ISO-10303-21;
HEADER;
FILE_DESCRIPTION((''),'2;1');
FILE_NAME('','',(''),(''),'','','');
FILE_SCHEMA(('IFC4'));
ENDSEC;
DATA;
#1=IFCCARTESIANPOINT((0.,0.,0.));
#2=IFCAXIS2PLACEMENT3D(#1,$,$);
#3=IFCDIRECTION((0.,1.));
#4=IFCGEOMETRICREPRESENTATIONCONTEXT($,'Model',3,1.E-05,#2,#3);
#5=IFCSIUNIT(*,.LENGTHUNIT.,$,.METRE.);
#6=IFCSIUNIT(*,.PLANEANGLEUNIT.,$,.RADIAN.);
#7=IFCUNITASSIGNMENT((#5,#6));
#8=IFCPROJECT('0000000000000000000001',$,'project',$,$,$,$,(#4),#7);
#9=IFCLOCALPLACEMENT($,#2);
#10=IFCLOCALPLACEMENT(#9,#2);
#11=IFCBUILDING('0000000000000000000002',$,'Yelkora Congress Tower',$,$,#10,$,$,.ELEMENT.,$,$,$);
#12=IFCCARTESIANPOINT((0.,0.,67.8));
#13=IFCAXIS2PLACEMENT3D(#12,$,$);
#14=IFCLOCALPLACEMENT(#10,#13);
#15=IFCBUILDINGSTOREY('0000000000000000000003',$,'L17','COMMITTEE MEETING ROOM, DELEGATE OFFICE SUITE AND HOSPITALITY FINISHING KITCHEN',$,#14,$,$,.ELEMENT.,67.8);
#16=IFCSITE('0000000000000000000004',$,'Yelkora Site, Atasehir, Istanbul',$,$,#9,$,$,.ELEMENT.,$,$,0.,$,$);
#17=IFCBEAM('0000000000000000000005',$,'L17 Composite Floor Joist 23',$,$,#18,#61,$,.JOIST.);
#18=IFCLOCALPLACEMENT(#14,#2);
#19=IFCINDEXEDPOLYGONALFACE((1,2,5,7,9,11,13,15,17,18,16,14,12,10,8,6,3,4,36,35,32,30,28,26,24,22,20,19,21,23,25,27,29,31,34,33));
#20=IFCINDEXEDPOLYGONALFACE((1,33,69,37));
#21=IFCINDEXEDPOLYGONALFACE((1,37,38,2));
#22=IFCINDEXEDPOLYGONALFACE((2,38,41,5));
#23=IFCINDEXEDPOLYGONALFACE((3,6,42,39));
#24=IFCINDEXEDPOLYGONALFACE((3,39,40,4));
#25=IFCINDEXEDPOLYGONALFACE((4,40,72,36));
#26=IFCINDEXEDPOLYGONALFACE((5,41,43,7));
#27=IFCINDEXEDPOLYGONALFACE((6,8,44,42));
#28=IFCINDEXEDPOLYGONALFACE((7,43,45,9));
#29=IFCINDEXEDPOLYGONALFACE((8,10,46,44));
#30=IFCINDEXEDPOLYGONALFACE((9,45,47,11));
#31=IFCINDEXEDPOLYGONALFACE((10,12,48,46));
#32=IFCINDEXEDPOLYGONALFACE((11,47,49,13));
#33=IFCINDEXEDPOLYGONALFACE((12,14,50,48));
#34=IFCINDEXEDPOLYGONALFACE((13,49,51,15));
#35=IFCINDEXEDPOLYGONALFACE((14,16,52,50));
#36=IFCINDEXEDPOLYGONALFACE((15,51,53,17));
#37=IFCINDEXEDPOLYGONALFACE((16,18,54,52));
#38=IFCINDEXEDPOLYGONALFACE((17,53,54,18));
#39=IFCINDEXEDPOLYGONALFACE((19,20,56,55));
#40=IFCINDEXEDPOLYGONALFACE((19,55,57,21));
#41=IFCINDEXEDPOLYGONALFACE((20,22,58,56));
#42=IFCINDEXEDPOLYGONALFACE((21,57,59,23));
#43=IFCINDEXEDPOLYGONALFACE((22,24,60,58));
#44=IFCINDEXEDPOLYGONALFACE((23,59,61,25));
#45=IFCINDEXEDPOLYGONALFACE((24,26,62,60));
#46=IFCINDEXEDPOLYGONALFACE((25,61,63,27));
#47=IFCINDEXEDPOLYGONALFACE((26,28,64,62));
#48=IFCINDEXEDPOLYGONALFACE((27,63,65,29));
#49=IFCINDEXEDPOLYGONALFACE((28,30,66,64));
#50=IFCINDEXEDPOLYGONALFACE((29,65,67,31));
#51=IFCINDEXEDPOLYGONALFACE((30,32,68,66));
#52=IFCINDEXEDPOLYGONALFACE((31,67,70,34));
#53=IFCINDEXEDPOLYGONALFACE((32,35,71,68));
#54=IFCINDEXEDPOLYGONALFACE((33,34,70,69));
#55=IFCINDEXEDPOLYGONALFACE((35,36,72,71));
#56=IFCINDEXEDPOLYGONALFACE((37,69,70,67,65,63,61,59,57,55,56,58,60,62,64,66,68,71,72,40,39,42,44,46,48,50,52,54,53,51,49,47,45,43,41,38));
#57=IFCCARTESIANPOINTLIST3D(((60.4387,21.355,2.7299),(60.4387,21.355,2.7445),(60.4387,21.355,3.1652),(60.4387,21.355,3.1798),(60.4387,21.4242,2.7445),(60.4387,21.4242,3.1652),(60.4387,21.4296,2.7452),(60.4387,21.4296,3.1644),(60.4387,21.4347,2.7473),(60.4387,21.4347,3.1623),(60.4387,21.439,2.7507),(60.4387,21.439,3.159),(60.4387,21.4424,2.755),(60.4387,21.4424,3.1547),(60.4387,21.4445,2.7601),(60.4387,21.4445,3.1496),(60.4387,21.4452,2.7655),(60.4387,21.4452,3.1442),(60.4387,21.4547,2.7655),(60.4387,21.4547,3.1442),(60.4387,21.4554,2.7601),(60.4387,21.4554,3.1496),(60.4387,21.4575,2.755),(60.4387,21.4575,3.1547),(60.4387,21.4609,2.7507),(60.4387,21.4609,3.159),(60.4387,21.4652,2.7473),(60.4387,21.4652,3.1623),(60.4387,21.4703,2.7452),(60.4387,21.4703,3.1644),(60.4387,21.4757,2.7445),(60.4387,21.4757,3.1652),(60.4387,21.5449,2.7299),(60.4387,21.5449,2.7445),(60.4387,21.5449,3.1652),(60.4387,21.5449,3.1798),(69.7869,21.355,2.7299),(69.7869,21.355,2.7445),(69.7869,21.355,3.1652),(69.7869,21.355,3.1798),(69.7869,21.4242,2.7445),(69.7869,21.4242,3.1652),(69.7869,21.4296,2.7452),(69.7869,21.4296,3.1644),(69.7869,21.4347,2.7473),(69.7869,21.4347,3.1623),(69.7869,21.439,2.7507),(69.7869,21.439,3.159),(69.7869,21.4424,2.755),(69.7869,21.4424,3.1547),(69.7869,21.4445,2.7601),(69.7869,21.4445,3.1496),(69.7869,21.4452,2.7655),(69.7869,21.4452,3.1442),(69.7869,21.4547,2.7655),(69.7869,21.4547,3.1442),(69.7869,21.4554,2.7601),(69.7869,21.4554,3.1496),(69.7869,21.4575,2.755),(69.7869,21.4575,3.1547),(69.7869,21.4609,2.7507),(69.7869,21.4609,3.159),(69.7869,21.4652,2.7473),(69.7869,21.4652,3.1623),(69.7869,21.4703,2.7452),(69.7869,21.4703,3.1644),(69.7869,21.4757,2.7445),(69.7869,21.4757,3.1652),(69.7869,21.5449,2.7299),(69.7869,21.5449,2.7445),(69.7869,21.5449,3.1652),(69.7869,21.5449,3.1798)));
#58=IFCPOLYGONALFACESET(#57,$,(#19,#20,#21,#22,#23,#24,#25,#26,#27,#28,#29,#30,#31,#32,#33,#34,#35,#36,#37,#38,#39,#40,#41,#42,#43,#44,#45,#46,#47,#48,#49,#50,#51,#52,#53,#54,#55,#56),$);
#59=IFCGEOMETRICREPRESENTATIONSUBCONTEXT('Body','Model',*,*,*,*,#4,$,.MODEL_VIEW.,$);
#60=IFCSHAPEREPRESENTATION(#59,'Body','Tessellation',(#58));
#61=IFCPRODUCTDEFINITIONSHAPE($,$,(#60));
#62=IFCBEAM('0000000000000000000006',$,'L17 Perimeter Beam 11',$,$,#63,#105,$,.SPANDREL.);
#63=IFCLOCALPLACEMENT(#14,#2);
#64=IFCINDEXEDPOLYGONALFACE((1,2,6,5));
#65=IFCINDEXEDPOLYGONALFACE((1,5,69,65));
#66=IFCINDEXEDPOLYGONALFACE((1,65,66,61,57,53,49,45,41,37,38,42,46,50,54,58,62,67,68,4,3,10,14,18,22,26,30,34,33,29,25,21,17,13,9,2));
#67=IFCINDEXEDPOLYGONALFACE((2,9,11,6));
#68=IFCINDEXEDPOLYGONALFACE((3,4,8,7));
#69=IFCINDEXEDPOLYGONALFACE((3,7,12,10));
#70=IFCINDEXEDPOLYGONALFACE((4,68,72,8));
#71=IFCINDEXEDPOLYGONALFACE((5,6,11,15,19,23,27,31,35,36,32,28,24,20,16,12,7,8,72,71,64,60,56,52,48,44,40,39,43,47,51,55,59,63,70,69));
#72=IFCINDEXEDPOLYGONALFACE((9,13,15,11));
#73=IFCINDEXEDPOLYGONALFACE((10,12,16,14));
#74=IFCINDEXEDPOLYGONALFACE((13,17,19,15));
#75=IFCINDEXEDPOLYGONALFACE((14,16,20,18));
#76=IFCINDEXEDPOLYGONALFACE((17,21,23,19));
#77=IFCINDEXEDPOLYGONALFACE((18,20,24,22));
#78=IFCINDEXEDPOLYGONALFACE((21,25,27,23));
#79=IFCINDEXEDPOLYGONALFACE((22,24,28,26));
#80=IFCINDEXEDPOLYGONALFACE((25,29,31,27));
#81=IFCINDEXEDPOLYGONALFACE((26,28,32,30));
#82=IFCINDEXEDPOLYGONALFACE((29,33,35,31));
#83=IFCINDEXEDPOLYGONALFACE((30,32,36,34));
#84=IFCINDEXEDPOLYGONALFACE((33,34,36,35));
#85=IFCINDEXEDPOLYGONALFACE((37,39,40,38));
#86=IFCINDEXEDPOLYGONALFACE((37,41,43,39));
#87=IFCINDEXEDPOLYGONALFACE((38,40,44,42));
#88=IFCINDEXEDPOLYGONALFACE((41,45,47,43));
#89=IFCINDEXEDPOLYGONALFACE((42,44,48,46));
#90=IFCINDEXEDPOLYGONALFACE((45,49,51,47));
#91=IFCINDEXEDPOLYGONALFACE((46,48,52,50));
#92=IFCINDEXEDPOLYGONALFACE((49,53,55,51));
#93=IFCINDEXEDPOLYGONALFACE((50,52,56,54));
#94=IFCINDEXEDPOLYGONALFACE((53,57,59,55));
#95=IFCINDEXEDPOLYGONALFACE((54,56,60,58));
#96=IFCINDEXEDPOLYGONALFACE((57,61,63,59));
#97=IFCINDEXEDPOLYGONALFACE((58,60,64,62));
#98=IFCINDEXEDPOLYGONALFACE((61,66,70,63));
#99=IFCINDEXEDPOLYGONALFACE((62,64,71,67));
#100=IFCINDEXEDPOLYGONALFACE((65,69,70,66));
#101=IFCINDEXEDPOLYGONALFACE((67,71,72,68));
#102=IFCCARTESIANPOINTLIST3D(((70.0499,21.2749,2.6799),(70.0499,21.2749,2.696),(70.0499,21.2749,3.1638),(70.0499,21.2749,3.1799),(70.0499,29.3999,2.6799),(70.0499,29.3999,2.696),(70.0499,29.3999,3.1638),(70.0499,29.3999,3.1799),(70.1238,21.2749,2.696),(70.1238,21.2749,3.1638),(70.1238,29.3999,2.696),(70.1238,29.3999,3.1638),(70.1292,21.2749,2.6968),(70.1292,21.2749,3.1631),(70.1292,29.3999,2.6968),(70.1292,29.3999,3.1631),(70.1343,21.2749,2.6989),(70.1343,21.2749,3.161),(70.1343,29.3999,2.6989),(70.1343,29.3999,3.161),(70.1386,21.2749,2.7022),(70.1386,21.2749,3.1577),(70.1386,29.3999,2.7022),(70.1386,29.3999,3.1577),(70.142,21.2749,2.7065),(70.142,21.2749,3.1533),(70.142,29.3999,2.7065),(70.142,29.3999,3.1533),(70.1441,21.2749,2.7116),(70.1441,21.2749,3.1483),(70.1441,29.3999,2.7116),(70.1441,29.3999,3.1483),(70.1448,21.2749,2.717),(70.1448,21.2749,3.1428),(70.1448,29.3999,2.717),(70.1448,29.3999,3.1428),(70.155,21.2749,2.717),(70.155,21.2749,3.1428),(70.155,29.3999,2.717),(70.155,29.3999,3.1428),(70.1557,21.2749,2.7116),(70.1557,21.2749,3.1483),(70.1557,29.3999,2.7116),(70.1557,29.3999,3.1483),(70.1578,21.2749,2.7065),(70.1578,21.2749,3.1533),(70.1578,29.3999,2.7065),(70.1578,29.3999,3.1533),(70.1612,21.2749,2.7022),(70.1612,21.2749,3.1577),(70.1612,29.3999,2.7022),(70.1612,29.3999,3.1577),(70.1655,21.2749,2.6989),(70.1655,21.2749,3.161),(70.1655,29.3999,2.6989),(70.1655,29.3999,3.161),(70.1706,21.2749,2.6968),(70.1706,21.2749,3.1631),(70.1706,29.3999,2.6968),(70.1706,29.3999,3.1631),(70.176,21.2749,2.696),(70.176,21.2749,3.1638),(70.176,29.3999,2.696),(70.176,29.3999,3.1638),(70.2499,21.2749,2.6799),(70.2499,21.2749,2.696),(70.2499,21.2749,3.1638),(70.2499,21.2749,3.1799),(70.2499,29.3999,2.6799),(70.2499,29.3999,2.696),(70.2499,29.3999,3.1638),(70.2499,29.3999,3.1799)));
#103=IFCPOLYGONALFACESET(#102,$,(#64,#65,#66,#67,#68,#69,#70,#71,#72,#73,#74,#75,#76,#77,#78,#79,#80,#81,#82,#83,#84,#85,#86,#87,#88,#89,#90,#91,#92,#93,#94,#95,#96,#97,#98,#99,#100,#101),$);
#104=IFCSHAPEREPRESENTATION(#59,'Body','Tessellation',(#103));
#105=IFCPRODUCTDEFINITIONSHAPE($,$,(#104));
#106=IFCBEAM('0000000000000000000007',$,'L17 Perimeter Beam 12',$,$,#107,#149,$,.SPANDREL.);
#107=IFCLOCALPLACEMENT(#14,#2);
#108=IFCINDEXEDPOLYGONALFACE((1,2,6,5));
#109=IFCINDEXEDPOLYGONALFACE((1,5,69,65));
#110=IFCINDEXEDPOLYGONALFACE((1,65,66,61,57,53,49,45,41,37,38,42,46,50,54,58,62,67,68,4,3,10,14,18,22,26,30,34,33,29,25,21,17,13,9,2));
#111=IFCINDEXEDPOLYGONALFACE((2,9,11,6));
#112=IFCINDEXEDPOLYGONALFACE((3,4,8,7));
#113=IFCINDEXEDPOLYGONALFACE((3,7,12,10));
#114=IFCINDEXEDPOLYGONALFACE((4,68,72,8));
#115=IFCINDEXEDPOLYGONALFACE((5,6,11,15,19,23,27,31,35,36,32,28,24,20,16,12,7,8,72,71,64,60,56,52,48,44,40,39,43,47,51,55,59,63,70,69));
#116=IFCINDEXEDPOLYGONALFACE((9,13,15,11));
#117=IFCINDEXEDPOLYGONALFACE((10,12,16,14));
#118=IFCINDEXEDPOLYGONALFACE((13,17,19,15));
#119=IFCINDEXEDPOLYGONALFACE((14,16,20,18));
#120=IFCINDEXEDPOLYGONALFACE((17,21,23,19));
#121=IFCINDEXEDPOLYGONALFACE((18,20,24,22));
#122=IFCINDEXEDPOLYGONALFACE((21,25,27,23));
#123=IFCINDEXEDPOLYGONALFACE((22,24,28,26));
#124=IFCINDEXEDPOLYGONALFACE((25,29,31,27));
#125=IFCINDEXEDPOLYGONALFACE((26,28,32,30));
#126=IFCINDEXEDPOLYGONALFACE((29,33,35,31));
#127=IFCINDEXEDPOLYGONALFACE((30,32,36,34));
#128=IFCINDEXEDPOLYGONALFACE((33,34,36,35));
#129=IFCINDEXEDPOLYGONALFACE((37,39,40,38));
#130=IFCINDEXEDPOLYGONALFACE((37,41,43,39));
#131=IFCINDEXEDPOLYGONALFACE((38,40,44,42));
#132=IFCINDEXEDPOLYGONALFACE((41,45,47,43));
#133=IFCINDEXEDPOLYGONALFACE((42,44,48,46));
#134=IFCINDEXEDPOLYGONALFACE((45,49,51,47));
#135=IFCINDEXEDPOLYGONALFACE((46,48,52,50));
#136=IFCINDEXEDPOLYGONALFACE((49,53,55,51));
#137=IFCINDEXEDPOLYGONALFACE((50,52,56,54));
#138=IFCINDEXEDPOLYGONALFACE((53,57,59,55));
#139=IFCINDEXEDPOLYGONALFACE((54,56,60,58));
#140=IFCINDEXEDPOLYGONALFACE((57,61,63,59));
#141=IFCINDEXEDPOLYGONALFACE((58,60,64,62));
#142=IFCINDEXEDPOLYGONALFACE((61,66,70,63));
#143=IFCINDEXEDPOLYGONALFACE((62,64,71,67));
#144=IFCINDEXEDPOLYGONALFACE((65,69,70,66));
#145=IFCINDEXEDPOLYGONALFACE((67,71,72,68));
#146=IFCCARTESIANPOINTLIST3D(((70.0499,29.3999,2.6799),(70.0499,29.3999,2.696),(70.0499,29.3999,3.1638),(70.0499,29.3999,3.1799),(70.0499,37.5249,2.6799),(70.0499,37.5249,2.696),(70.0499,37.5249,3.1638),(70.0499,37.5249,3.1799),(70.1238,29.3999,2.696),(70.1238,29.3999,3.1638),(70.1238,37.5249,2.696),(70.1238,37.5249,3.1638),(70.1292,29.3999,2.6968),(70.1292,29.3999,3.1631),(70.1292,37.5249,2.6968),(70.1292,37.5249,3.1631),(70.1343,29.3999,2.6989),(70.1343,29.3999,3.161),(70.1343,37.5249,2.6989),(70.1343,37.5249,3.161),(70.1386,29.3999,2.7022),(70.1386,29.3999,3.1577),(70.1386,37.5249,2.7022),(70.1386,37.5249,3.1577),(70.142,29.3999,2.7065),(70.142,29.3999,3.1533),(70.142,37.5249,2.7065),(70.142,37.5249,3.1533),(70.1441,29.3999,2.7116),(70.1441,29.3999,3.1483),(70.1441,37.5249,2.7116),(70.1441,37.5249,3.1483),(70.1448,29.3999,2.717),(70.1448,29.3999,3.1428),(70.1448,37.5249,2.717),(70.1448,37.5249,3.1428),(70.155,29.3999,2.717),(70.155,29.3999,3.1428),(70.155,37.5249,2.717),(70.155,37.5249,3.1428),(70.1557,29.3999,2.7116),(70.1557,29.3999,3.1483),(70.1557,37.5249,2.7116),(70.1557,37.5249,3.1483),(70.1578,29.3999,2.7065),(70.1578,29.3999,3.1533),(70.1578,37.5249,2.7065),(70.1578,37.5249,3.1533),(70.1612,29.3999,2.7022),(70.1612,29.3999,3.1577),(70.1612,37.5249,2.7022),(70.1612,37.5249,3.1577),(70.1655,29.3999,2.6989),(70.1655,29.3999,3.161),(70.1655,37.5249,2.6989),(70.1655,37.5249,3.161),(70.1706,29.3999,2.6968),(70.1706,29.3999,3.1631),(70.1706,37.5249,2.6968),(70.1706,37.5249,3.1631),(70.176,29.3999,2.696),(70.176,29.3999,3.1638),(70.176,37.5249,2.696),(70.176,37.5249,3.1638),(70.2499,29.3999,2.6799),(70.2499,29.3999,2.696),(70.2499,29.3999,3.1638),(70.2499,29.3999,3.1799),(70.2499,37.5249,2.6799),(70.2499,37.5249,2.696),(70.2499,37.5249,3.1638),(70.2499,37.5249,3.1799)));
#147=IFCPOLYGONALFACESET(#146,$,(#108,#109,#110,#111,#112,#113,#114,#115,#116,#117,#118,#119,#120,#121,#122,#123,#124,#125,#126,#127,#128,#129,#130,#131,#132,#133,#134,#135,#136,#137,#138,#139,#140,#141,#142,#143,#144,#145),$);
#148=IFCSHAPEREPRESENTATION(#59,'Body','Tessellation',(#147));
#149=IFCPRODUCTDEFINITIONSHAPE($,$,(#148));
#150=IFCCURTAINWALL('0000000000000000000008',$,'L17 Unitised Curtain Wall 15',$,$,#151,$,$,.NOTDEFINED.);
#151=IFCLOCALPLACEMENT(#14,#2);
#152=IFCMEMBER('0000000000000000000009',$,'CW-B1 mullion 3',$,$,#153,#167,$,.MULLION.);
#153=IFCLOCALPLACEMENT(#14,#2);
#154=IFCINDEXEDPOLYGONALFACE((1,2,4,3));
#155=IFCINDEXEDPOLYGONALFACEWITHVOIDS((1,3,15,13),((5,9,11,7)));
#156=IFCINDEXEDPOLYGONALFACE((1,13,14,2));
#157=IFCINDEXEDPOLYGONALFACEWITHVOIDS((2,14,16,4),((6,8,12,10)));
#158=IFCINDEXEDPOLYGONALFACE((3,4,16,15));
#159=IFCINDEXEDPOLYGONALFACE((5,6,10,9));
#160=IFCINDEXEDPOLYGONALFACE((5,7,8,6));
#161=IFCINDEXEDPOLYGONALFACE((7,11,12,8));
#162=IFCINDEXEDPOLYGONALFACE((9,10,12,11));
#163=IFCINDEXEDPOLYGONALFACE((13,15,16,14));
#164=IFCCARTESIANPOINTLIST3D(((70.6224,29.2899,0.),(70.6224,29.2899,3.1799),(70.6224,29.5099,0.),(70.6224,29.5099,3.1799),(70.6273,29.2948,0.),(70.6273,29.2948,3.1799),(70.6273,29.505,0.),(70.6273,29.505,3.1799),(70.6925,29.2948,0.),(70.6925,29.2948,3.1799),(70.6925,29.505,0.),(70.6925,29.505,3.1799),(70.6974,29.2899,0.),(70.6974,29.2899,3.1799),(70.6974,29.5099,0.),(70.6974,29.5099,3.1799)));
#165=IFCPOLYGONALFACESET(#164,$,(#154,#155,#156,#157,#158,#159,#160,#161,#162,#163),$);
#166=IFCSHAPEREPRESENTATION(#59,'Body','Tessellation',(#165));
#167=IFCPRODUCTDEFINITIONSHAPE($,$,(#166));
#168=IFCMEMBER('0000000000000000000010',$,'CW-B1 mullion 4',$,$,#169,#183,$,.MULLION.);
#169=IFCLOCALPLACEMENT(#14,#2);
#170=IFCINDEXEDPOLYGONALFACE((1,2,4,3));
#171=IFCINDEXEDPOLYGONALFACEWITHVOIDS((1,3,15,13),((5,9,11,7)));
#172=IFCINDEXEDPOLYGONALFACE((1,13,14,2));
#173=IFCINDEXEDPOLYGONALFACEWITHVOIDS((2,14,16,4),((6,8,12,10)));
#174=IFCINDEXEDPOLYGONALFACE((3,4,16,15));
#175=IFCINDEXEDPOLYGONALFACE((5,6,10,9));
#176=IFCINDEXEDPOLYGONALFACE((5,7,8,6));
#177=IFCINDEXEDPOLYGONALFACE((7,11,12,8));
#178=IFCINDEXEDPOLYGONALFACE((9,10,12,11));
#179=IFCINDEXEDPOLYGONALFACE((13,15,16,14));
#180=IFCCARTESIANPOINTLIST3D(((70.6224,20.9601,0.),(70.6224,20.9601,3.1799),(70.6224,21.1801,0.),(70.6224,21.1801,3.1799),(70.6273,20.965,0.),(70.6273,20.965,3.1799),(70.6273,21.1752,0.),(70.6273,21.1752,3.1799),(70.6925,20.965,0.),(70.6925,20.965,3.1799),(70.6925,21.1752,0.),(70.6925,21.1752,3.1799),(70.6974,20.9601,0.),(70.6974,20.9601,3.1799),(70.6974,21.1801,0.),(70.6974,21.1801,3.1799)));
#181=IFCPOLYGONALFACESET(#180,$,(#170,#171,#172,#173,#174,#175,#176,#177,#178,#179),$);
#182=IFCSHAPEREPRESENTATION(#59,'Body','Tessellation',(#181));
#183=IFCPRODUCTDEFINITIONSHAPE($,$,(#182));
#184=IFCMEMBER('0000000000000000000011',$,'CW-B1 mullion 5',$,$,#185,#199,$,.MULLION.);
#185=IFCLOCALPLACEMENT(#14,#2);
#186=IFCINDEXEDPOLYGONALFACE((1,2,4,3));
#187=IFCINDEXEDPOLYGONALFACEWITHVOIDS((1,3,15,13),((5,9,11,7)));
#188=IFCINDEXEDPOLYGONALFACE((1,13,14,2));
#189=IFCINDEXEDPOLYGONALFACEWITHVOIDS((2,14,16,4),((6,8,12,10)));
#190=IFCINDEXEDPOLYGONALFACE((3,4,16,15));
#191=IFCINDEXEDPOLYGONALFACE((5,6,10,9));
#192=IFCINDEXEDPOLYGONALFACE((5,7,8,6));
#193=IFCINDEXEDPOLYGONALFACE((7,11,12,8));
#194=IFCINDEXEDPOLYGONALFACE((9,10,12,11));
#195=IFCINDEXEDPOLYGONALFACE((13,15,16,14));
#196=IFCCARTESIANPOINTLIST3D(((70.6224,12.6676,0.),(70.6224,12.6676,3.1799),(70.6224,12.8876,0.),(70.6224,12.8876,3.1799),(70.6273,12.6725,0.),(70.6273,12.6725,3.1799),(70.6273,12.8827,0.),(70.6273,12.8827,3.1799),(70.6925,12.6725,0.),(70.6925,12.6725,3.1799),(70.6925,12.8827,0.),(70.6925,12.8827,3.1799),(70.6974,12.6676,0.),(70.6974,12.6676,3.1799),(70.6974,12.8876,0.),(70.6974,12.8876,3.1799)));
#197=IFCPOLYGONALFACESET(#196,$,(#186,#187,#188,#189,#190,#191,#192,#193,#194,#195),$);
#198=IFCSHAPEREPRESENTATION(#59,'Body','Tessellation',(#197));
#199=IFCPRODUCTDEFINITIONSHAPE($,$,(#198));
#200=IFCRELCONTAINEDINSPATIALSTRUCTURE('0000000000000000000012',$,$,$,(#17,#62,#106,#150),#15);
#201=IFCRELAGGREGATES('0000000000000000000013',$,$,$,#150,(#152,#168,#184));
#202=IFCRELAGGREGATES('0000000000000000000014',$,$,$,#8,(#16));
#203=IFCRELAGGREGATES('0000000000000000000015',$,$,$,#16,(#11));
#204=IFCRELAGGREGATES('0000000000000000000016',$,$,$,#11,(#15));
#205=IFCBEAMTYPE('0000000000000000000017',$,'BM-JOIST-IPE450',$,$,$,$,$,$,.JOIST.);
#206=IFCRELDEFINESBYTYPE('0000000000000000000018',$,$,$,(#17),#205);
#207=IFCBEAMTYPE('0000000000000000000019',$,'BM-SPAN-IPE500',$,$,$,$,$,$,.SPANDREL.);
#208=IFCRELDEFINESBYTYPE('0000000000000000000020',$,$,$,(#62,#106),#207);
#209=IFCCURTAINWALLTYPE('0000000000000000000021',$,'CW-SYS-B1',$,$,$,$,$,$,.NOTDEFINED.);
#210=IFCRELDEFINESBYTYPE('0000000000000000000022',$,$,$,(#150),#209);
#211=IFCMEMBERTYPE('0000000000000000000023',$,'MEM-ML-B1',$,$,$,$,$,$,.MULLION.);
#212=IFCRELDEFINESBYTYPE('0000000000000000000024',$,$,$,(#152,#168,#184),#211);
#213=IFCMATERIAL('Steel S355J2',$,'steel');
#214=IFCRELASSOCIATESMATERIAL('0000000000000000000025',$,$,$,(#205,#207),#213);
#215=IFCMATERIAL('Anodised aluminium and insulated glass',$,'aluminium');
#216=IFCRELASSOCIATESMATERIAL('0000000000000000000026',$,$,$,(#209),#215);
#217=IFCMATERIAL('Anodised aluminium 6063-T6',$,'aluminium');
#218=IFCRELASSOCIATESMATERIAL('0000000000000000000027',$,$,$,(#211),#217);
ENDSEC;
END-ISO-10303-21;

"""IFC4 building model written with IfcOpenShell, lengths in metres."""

from ifc_helpers import new_model, si_unit, direction, frame, origin, origin_2d, place, context, subcontext, project, spatial, hollow_rectangle, i_section, extrude, material, material_profile, profile_set, type_object, element, aggregate, save


model = new_model("IFC4")

# Units and contexts
model_context = context("Model", 3, precision=1e-05, world=origin(), true_north=direction((0.0, 1.0)))
body_context = subcontext(model_context, "Body", "Model", "MODEL_VIEW")
ifc_project = project(units=[si_unit("LENGTHUNIT", "METRE"), si_unit("PLANEANGLEUNIT", "RADIAN")], contexts=[model_context])

# Site, building, storey
site_placement = place(None, origin())
site = spatial("IfcSite", under=ifc_project, at=site_placement, Name="Yelkora Site, Atasehir, Istanbul", CompositionType="ELEMENT", RefElevation=0.0)
building_placement = place(site_placement, origin())
building = spatial("IfcBuilding", under=site, at=building_placement, Name="Yelkora Congress Tower", CompositionType="ELEMENT")
storey_placement = place(building_placement, frame((0.0, 0.0, 67.8)))
storey = spatial("IfcBuildingStorey", under=building, at=storey_placement, Name="L17", Description="COMMITTEE MEETING ROOM, DELEGATE OFFICE SUITE AND HOSPITALITY FINISHING KITCHEN", CompositionType="ELEMENT", Elevation=67.8)

# Beams
ifc_material_1 = material(Name="Steel S355J2", Category="steel")
ifc_material_profile_1 = material_profile(ifc_material_1, i_section(OverallWidth=0.1899, OverallDepth=0.45, WebThickness=0.0095, FlangeThickness=0.0146, FilletRadius=0.021, at=origin_2d()), Name="IPE 450")
ifc_profile_set_1 = profile_set([ifc_material_profile_1], Name="Steel S355J2")
beam_type_1 = type_object("IfcBeamType", Name="BM-JOIST-IPE450", PredefinedType="JOIST", material=ifc_profile_set_1)
beam_1_placement = place(storey_placement, frame((60.4387, 21.45, 2.9548), z_axis=(1.0, 0.0, 0.0), x_axis=(0.0, 1.0, 0.0)))
element("IfcBeam", 1, at=beam_1_placement, inside=storey, type_object=beam_type_1, Name="L17 Composite Floor Joist 23", PredefinedType="JOIST", context=body_context, shape_type="SweptSolid", body=[
    extrude(i_section(OverallWidth=0.1899, OverallDepth=0.45, WebThickness=0.0095, FlangeThickness=0.0146, FilletRadius=0.021, at=origin_2d()), origin(), (0.0, 0.0, 1.0), 9.3481),
])
ifc_material_profile_2 = material_profile(ifc_material_1, i_section(OverallWidth=0.2, OverallDepth=0.5, WebThickness=0.0103, FlangeThickness=0.0161, FilletRadius=0.021, at=origin_2d()), Name="IPE 500")
ifc_profile_set_2 = profile_set([ifc_material_profile_2], Name="Steel S355J2")
beam_type_2 = type_object("IfcBeamType", Name="BM-SPAN-IPE500", PredefinedType="SPANDREL", material=ifc_profile_set_2)
for number, where, z_axis, x_axis, name in (
    (2, (70.1499, 21.2749, 2.9299), (0.0, 1.0, 0.0), (-1.0, 0.0, 0.0), "L17 Perimeter Beam 11"),
    (3, (70.1499, 29.3999, 2.9299), (0.0, 1.0, 0.0), (-1.0, 0.0, 0.0), "L17 Perimeter Beam 12"),
):
    element("IfcBeam", number, at=place(storey_placement, frame(where, z_axis=z_axis, x_axis=x_axis)), inside=storey, type_object=beam_type_2, Name=name, PredefinedType="SPANDREL", context=body_context, shape_type="SweptSolid", body=[
        extrude(i_section(OverallWidth=0.2, OverallDepth=0.5, WebThickness=0.0103, FlangeThickness=0.0161, FilletRadius=0.021, at=origin_2d()), origin(), (0.0, 0.0, 1.0), 8.125),
    ])

# Curtain wall, members
ifc_material_2 = material(Name="Anodised aluminium and insulated glass", Category="aluminium")
curtain_wall_type = type_object("IfcCurtainWallType", Name="CW-SYS-B1", PredefinedType="NOTDEFINED", material=ifc_material_2)
curtain_wall_placement = place(storey_placement, origin())
curtain_wall = element("IfcCurtainWall", 4, at=curtain_wall_placement, inside=storey, type_object=curtain_wall_type, Name="L17 Unitised Curtain Wall 15", PredefinedType="NOTDEFINED")
ifc_material_3 = material(Name="Anodised aluminium 6063-T6", Category="aluminium")
ifc_material_profile_3 = material_profile(ifc_material_3, hollow_rectangle(XDim=0.075, YDim=0.22, WallThickness=0.0049, at=origin_2d()), Name="ALU 75x220x5")
ifc_profile_set_3 = profile_set([ifc_material_profile_3], Name="Anodised aluminium 6063-T6")
member_type_1 = type_object("IfcMemberType", Name="MEM-ML-B1", PredefinedType="MULLION", material=ifc_profile_set_3)
member_1_placement = place(storey_placement, frame((70.6599, 29.3999, 0.0), z_axis=(0.0, 0.0, 1.0), x_axis=(1.0, 0.0, 0.0)))
member_1 = element("IfcMember", 5, at=member_1_placement, type_object=member_type_1, Name="CW-B1 mullion 3", PredefinedType="MULLION", context=body_context, shape_type="SweptSolid", body=[
    extrude(hollow_rectangle(XDim=0.075, YDim=0.22, WallThickness=0.0049, at=origin_2d()), origin(), (0.0, 0.0, 1.0), 3.1799),
])
member_2_placement = place(storey_placement, frame((70.6599, 21.0701, 0.0), z_axis=(0.0, 0.0, 1.0), x_axis=(1.0, 0.0, 0.0)))
member_2 = element("IfcMember", 6, at=member_2_placement, type_object=member_type_1, Name="CW-B1 mullion 4", PredefinedType="MULLION", context=body_context, shape_type="SweptSolid", body=[
    extrude(hollow_rectangle(XDim=0.075, YDim=0.22, WallThickness=0.0049, at=origin_2d()), origin(), (0.0, 0.0, 1.0), 3.1799),
])
member_3_placement = place(storey_placement, frame((70.6599, 12.7776, 0.0), z_axis=(0.0, 0.0, 1.0), x_axis=(1.0, 0.0, 0.0)))
member_3 = element("IfcMember", 7, at=member_3_placement, type_object=member_type_1, Name="CW-B1 mullion 5", PredefinedType="MULLION", context=body_context, shape_type="SweptSolid", body=[
    extrude(hollow_rectangle(XDim=0.075, YDim=0.22, WallThickness=0.0049, at=origin_2d()), origin(), (0.0, 0.0, 1.0), 3.1799),
])
aggregate(curtain_wall, [member_1, member_2, member_3])

save(model, "model.ifc")
